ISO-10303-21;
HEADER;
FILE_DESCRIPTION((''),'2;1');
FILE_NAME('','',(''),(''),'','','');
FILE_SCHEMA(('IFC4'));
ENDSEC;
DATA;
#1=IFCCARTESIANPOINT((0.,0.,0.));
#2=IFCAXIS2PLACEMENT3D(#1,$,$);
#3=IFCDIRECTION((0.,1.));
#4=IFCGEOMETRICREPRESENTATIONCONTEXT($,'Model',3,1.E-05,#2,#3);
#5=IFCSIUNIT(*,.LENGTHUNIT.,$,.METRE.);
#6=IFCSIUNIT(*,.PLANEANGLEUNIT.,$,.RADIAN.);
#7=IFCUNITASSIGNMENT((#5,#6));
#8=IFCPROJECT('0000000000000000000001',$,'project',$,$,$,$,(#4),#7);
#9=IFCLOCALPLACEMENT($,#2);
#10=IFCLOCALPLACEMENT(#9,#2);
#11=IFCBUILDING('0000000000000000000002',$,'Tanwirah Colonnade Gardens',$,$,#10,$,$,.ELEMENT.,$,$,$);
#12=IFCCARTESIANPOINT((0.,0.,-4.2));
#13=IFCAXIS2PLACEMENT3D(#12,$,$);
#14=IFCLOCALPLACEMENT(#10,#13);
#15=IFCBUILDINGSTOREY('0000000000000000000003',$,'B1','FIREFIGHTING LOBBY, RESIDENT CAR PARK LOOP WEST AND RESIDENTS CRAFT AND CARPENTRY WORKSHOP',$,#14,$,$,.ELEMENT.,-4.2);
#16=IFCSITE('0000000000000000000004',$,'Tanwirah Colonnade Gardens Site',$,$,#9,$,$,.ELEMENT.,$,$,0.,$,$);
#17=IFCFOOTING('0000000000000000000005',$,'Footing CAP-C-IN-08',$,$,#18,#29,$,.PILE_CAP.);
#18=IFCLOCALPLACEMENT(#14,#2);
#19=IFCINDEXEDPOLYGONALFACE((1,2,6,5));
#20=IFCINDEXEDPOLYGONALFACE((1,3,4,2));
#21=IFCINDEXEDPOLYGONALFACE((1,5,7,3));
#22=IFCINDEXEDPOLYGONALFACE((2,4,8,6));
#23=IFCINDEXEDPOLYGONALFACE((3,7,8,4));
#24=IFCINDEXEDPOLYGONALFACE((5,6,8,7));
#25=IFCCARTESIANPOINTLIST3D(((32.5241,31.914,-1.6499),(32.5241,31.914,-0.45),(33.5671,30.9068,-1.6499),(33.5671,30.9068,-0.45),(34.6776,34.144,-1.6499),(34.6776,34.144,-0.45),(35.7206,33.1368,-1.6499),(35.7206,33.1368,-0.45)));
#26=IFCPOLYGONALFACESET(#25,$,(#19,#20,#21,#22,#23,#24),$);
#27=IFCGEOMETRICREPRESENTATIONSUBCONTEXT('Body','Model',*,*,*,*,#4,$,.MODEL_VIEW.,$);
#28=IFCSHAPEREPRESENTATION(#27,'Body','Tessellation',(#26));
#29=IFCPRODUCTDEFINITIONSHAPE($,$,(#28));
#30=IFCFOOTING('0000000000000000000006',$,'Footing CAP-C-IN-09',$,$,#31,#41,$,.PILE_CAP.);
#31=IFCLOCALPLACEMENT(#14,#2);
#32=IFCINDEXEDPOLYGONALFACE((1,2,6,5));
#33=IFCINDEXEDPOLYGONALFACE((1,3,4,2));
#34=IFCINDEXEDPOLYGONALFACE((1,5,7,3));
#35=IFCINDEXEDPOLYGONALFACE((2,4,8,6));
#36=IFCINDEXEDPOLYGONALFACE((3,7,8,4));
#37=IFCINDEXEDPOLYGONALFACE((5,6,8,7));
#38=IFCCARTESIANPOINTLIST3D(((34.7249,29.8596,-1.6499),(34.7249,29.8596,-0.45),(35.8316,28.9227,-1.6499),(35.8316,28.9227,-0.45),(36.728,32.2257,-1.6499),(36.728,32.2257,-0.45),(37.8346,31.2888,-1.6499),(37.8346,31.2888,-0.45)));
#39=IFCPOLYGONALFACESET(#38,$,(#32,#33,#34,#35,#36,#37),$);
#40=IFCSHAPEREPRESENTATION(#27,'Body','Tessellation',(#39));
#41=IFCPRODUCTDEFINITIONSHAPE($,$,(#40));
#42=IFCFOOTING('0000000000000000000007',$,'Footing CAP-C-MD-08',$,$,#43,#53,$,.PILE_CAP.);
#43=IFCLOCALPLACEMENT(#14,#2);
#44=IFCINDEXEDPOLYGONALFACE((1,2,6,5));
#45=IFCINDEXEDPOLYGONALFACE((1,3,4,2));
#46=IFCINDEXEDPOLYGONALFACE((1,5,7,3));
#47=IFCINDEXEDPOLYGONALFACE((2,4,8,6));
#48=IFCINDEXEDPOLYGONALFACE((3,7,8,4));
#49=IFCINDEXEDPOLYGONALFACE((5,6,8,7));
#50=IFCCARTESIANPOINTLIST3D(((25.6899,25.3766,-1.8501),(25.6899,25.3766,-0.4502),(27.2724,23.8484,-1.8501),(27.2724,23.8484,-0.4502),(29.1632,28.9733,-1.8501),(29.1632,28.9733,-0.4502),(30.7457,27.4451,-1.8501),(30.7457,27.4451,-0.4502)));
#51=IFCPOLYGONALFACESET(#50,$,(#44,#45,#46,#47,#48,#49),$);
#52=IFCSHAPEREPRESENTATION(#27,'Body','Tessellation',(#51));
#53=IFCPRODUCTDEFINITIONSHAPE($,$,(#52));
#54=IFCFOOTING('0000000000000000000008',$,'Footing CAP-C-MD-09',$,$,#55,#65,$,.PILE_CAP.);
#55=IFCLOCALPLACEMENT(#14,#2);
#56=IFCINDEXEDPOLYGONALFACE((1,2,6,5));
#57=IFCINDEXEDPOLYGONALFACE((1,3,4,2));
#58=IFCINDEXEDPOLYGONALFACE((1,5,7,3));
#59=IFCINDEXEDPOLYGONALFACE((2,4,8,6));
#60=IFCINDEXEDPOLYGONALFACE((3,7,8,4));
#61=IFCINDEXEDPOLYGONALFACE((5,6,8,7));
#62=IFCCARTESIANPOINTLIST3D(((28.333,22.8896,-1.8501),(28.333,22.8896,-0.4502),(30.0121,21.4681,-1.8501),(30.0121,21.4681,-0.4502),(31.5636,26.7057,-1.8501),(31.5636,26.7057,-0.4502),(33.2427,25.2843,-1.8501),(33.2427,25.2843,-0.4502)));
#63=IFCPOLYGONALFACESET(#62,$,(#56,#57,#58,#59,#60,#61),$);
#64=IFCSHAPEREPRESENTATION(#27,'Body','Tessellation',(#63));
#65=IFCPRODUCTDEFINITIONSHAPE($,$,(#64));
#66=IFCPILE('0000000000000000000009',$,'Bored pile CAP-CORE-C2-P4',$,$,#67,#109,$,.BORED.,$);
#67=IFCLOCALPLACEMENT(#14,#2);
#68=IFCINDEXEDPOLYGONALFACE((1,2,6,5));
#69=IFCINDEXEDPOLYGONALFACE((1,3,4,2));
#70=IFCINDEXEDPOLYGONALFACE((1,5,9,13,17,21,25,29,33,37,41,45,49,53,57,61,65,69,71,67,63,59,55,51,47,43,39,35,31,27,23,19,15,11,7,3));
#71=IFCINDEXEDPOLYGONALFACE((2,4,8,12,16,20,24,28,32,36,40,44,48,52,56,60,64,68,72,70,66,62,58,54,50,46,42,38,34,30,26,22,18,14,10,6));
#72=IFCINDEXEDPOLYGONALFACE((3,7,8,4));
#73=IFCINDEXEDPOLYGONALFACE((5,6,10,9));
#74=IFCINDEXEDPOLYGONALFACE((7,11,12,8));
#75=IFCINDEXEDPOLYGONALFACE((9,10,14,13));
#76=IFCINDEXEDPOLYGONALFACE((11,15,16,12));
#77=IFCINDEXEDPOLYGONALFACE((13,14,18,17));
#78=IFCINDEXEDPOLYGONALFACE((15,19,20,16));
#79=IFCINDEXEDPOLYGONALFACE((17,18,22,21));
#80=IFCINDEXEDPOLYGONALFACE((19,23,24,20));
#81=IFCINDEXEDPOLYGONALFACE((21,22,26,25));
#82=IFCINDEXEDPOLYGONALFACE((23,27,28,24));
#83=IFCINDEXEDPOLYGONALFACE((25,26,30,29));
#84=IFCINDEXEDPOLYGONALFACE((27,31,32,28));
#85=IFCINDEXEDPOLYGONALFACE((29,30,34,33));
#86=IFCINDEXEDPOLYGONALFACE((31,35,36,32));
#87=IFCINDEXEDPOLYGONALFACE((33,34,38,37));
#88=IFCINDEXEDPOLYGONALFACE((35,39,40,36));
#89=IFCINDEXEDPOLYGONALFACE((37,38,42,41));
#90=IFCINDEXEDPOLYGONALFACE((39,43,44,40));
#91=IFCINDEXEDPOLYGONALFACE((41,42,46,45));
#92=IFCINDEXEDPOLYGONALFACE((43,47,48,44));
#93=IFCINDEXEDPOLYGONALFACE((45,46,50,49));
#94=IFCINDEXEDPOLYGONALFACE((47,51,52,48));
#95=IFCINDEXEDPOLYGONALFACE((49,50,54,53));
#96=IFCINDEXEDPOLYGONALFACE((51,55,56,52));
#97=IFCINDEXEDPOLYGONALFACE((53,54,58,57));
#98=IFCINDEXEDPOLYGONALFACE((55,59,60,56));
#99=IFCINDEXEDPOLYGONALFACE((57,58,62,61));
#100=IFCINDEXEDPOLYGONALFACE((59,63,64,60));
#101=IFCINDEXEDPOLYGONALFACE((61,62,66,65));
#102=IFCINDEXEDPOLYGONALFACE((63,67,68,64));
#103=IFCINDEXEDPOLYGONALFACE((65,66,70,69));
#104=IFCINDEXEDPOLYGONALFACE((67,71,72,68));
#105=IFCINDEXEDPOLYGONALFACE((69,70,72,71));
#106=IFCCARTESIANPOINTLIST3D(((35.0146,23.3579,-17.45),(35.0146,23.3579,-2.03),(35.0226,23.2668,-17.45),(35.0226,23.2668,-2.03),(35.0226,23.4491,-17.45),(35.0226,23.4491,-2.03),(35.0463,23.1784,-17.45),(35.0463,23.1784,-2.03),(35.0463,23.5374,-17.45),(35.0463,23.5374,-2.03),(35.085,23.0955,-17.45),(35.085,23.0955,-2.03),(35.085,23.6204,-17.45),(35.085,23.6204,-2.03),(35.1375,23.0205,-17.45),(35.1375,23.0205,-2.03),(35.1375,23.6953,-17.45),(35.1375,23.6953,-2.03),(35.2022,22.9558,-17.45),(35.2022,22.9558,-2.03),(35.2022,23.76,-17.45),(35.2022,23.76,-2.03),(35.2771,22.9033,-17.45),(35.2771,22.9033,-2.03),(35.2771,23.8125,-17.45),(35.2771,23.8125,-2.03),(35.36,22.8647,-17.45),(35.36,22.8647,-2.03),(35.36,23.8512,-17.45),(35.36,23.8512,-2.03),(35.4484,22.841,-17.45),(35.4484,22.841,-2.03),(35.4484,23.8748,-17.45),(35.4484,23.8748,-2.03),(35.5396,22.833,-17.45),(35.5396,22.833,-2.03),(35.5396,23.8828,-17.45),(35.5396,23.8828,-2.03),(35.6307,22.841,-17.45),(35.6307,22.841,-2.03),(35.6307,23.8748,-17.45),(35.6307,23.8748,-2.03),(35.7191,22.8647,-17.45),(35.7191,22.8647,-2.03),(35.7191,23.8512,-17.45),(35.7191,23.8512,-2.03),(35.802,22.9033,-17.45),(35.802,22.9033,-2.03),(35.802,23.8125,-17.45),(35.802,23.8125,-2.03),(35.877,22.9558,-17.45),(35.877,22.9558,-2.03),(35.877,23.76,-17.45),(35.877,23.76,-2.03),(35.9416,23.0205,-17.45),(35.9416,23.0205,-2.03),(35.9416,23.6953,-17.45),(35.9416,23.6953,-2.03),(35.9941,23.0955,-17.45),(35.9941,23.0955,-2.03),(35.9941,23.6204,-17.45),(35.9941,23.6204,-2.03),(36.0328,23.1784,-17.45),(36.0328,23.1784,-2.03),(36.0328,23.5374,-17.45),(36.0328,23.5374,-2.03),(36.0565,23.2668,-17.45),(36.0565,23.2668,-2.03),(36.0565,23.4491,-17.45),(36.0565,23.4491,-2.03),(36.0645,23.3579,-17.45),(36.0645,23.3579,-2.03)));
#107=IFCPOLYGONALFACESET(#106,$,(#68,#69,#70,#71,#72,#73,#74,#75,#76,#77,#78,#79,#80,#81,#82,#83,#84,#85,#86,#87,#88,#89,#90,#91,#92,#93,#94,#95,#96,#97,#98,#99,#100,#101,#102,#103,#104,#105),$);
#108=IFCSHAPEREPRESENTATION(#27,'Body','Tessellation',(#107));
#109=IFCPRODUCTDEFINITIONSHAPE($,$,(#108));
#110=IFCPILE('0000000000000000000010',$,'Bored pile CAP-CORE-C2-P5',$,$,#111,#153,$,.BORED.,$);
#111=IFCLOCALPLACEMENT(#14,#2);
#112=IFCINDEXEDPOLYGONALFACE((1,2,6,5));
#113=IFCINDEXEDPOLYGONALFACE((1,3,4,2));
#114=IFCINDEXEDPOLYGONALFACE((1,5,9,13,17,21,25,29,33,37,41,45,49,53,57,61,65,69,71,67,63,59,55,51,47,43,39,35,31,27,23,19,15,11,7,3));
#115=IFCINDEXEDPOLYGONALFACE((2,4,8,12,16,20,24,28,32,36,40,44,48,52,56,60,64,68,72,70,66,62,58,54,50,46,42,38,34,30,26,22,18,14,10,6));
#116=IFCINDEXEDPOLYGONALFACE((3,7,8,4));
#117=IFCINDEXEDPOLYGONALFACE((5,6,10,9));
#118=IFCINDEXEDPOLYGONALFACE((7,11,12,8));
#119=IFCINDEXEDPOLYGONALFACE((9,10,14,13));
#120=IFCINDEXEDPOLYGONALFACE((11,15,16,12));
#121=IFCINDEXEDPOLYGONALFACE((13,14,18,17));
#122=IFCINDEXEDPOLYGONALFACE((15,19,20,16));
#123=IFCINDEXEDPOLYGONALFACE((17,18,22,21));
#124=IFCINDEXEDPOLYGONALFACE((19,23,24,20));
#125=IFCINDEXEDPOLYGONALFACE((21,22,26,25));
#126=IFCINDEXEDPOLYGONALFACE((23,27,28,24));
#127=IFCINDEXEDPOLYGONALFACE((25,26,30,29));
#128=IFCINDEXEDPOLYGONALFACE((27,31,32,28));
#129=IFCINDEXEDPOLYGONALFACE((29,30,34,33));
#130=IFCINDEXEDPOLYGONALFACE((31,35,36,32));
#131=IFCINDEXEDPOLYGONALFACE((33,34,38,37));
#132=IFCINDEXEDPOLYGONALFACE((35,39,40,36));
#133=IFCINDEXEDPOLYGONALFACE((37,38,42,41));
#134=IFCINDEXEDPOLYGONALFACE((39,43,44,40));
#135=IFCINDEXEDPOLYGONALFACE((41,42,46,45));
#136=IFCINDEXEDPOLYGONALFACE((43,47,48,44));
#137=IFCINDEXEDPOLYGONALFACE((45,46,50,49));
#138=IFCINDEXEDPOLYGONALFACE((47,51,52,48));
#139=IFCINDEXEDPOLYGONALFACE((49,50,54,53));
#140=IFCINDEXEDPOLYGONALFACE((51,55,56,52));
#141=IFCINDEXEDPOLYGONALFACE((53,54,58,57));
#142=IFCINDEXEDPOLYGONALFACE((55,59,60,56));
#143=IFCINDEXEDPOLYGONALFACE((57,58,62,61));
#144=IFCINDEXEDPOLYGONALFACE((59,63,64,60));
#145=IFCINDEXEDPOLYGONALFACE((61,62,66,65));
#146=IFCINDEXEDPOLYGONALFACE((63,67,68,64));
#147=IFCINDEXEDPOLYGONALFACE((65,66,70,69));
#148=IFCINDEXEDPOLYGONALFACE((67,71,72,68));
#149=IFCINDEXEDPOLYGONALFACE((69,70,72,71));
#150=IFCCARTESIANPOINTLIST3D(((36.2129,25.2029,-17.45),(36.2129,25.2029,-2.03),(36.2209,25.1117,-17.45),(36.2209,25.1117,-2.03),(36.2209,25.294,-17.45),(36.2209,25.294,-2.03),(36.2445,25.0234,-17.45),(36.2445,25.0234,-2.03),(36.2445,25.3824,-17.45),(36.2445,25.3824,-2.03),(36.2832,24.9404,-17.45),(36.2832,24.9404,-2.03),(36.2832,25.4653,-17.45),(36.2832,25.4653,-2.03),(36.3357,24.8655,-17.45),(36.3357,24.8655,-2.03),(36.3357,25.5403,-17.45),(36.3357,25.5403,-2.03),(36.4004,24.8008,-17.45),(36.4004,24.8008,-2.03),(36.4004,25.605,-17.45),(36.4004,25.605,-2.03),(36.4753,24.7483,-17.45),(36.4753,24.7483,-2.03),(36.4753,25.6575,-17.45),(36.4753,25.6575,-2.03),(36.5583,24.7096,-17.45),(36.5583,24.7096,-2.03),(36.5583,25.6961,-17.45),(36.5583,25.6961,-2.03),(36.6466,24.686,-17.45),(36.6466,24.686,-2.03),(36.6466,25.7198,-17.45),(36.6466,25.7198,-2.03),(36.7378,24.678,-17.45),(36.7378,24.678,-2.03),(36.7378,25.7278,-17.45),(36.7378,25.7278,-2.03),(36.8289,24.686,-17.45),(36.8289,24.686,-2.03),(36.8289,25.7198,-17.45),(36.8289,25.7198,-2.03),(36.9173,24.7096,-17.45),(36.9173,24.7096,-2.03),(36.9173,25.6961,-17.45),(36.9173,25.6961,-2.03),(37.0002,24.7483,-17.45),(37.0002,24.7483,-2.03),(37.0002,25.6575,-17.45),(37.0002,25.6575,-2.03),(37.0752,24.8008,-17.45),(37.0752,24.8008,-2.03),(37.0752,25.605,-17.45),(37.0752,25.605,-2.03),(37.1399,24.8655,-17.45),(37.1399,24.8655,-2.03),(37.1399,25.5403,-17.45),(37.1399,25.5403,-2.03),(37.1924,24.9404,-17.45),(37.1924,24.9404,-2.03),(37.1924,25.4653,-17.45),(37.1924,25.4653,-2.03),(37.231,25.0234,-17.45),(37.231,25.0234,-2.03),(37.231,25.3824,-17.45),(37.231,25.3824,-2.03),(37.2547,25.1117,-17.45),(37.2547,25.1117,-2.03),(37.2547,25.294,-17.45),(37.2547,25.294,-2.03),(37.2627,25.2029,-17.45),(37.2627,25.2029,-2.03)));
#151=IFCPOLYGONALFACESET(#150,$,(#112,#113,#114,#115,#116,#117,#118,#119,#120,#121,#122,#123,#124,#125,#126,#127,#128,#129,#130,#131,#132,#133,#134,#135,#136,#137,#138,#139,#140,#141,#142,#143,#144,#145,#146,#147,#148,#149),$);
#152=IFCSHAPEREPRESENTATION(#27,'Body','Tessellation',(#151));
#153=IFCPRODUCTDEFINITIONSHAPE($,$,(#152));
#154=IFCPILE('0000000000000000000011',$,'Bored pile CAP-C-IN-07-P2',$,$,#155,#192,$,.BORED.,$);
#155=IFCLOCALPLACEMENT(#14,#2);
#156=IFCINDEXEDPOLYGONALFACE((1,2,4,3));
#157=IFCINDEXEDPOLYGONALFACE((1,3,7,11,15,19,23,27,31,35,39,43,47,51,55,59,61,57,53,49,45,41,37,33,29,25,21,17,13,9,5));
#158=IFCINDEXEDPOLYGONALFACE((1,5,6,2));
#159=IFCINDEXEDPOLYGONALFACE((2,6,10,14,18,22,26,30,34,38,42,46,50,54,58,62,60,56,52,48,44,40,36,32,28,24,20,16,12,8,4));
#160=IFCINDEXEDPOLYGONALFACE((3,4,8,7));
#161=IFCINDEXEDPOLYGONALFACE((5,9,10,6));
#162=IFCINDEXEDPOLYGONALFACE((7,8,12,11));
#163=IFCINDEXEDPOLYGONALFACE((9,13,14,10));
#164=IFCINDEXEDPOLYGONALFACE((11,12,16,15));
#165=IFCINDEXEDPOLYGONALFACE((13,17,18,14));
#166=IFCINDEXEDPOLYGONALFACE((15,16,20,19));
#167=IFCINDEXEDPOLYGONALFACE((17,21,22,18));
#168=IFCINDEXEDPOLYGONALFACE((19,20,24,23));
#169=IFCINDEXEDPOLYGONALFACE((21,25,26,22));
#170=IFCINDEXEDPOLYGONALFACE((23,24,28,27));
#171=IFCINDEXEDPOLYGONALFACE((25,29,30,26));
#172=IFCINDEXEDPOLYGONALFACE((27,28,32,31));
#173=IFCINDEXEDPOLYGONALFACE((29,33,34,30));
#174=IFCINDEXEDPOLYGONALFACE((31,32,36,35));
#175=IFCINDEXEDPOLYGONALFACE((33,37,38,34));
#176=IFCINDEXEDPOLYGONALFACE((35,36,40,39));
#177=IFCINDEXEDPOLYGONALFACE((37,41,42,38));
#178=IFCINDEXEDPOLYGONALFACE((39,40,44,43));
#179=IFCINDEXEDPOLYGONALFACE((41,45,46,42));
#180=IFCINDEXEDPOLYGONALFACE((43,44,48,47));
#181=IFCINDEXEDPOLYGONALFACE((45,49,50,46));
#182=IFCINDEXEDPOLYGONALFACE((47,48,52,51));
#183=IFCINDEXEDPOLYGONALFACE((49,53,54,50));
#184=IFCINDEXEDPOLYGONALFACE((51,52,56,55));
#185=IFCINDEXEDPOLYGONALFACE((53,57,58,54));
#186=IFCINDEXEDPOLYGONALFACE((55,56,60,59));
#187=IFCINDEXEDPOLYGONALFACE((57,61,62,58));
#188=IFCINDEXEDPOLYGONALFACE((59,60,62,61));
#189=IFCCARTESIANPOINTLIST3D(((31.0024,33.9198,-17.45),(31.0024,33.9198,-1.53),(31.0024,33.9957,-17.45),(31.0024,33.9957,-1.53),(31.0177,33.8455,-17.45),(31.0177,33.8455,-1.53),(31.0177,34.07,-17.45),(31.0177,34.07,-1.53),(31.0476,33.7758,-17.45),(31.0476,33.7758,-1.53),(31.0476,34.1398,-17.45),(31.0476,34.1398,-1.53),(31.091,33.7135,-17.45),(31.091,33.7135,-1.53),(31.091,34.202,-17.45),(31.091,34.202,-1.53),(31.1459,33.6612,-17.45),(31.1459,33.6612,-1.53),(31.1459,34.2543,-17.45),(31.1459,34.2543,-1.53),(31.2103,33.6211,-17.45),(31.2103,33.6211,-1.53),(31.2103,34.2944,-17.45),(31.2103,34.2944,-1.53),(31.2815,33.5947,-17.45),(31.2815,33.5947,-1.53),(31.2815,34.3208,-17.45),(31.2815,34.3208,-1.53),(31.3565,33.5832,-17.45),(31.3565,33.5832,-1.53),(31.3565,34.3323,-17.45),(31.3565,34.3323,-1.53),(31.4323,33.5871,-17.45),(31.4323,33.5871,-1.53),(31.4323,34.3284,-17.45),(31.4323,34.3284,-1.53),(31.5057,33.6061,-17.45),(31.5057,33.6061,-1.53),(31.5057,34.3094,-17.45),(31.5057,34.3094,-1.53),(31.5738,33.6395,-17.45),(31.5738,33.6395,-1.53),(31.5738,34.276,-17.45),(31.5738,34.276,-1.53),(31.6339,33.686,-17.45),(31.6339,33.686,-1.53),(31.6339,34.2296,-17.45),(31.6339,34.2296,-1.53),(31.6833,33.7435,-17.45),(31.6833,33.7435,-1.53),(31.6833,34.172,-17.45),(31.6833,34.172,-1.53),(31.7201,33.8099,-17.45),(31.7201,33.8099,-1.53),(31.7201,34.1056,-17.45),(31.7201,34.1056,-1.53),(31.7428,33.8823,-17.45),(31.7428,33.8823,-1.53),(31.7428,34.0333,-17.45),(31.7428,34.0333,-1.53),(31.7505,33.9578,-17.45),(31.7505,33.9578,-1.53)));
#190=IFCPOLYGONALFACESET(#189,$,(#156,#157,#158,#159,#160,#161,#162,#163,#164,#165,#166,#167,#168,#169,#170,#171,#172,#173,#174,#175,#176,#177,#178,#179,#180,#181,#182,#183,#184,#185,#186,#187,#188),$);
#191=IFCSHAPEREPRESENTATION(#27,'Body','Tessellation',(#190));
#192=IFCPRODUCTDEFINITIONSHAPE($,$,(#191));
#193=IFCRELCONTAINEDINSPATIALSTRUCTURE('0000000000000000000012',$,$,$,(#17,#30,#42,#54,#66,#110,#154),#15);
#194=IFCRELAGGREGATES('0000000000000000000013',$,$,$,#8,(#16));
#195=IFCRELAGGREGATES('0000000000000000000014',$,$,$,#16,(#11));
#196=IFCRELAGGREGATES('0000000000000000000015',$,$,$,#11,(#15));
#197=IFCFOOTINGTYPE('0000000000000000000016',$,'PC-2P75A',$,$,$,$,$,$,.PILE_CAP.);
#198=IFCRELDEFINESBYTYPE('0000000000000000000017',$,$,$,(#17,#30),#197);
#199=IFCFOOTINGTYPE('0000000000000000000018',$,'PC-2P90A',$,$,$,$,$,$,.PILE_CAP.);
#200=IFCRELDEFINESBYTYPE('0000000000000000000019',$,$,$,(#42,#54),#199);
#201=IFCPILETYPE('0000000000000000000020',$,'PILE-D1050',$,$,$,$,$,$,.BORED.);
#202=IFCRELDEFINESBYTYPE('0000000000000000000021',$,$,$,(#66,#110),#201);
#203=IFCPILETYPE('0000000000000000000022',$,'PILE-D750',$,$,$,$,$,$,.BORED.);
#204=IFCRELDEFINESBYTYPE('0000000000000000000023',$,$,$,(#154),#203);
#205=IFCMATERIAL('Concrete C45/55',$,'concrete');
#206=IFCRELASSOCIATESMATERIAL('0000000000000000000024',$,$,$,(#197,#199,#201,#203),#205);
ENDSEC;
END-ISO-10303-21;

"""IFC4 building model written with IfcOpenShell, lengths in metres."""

from ifc_helpers import new_model, si_unit, direction, frame, origin, origin_2d, place, context, subcontext, project, spatial, rectangle, circle, extrude, material, material_profile, profile_set, type_object, element, save


model = new_model("IFC4")

# Units and contexts
model_context = context("Model", 3, precision=1e-05, world=origin(), true_north=direction((0.0, 1.0)))
body_context = subcontext(model_context, "Body", "Model", "MODEL_VIEW")
ifc_project = project(units=[si_unit("LENGTHUNIT", "METRE"), si_unit("PLANEANGLEUNIT", "RADIAN")], contexts=[model_context])

# Site, building, storey
site_placement = place(None, origin())
site = spatial("IfcSite", under=ifc_project, at=site_placement, Name="Tanwirah Colonnade Gardens Site", CompositionType="ELEMENT", RefElevation=0.0)
building_placement = place(site_placement, origin())
building = spatial("IfcBuilding", under=site, at=building_placement, Name="Tanwirah Colonnade Gardens", CompositionType="ELEMENT")
storey_placement = place(building_placement, frame((0.0, 0.0, -4.2)))
storey = spatial("IfcBuildingStorey", under=building, at=storey_placement, Name="B1", Description="FIREFIGHTING LOBBY, RESIDENT CAR PARK LOOP WEST AND RESIDENTS CRAFT AND CARPENTRY WORKSHOP", CompositionType="ELEMENT", Elevation=-4.2)

# Footings
ifc_material_1 = material(Name="Concrete C45/55", Category="concrete")
footing_type_1 = type_object("IfcFootingType", Name="PC-2P75A", PredefinedType="PILE_CAP", material=ifc_material_1)
for number, where, z_axis, x_axis, name in (
    (1, (34.1223, 32.5254, -1.6499), (0.0, 0.0, 1.0), (-0.694658, -0.71934, 0.0), "Footing CAP-C-IN-08"),
    (2, (36.2798, 30.5742, -1.6499), (0.0, 0.0, 1.0), (-0.646124, -0.763232, 0.0), "Footing CAP-C-IN-09"),
):
    element("IfcFooting", number, at=place(storey_placement, frame(where, z_axis=z_axis, x_axis=x_axis)), inside=storey, type_object=footing_type_1, Name=name, PredefinedType="PILE_CAP", context=body_context, shape_type="SweptSolid", body=[
        extrude(rectangle(XDim=3.1001, YDim=1.45, at=origin_2d()), origin(), (0.0, 0.0, 1.0), 1.2),
    ])
footing_type_2 = type_object("IfcFootingType", Name="PC-2P90A", PredefinedType="PILE_CAP", material=ifc_material_1)
for number, where, z_axis, x_axis, name in (
    (3, (28.2178, 26.4109, -1.8501), (0.0, 0.0, 1.0), (-0.694658, -0.71934, 0.0), "Footing CAP-C-MD-08"),
    (4, (30.7878, 24.0869, -1.8501), (0.0, 0.0, 1.0), (-0.646124, -0.763232, 0.0), "Footing CAP-C-MD-09"),
):
    element("IfcFooting", number, at=place(storey_placement, frame(where, z_axis=z_axis, x_axis=x_axis)), inside=storey, type_object=footing_type_2, Name=name, PredefinedType="PILE_CAP", context=body_context, shape_type="SweptSolid", body=[
        extrude(rectangle(XDim=5.0, YDim=2.2, at=origin_2d()), origin(), (0.0, 0.0, 1.0), 1.3999),
    ])

# Piles
ifc_material_profile_1 = material_profile(ifc_material_1, circle(Radius=0.5249, at=origin_2d()), Name="PILE D1050")
ifc_profile_set_1 = profile_set([ifc_material_profile_1], Name="Concrete C45/55")
pile_type_1 = type_object("IfcPileType", Name="PILE-D1050", PredefinedType="BORED", material=ifc_profile_set_1)
for number, where, z_axis, x_axis, name in (
    (5, (35.5396, 23.3579, -2.03), (0.0, 0.0, -1.0), (1.0, 0.0, 0.0), "Bored pile CAP-CORE-C2-P4"),
    (6, (36.7378, 25.2029, -2.03), (0.0, 0.0, -1.0), (1.0, 0.0, 0.0), "Bored pile CAP-CORE-C2-P5"),
):
    element("IfcPile", number, at=place(storey_placement, frame(where, z_axis=z_axis, x_axis=x_axis)), inside=storey, type_object=pile_type_1, Name=name, PredefinedType="BORED", context=body_context, shape_type="SweptSolid", body=[
        extrude(circle(Radius=0.5249, at=origin_2d()), origin(), (0.0, 0.0, 1.0), 15.4199),
    ])
ifc_material_profile_2 = material_profile(ifc_material_1, circle(Radius=0.375, at=origin_2d()), Name="PILE D750")
ifc_profile_set_2 = profile_set([ifc_material_profile_2], Name="Concrete C45/55")
pile_type_2 = type_object("IfcPileType", Name="PILE-D750", PredefinedType="BORED", material=ifc_profile_set_2)
for number, where, z_axis, x_axis, name in (
    (7, (31.3755, 33.9578, -1.53), (0.0, 0.0, -1.0), (1.0, 0.0, 0.0), "Bored pile CAP-C-IN-07-P2"),
):
    element("IfcPile", number, at=place(storey_placement, frame(where, z_axis=z_axis, x_axis=x_axis)), inside=storey, type_object=pile_type_2, Name=name, PredefinedType="BORED", context=body_context, shape_type="SweptSolid", body=[
        extrude(circle(Radius=0.375, at=origin_2d()), origin(), (0.0, 0.0, 1.0), 15.9199),
    ])

save(model, "model.ifc")
